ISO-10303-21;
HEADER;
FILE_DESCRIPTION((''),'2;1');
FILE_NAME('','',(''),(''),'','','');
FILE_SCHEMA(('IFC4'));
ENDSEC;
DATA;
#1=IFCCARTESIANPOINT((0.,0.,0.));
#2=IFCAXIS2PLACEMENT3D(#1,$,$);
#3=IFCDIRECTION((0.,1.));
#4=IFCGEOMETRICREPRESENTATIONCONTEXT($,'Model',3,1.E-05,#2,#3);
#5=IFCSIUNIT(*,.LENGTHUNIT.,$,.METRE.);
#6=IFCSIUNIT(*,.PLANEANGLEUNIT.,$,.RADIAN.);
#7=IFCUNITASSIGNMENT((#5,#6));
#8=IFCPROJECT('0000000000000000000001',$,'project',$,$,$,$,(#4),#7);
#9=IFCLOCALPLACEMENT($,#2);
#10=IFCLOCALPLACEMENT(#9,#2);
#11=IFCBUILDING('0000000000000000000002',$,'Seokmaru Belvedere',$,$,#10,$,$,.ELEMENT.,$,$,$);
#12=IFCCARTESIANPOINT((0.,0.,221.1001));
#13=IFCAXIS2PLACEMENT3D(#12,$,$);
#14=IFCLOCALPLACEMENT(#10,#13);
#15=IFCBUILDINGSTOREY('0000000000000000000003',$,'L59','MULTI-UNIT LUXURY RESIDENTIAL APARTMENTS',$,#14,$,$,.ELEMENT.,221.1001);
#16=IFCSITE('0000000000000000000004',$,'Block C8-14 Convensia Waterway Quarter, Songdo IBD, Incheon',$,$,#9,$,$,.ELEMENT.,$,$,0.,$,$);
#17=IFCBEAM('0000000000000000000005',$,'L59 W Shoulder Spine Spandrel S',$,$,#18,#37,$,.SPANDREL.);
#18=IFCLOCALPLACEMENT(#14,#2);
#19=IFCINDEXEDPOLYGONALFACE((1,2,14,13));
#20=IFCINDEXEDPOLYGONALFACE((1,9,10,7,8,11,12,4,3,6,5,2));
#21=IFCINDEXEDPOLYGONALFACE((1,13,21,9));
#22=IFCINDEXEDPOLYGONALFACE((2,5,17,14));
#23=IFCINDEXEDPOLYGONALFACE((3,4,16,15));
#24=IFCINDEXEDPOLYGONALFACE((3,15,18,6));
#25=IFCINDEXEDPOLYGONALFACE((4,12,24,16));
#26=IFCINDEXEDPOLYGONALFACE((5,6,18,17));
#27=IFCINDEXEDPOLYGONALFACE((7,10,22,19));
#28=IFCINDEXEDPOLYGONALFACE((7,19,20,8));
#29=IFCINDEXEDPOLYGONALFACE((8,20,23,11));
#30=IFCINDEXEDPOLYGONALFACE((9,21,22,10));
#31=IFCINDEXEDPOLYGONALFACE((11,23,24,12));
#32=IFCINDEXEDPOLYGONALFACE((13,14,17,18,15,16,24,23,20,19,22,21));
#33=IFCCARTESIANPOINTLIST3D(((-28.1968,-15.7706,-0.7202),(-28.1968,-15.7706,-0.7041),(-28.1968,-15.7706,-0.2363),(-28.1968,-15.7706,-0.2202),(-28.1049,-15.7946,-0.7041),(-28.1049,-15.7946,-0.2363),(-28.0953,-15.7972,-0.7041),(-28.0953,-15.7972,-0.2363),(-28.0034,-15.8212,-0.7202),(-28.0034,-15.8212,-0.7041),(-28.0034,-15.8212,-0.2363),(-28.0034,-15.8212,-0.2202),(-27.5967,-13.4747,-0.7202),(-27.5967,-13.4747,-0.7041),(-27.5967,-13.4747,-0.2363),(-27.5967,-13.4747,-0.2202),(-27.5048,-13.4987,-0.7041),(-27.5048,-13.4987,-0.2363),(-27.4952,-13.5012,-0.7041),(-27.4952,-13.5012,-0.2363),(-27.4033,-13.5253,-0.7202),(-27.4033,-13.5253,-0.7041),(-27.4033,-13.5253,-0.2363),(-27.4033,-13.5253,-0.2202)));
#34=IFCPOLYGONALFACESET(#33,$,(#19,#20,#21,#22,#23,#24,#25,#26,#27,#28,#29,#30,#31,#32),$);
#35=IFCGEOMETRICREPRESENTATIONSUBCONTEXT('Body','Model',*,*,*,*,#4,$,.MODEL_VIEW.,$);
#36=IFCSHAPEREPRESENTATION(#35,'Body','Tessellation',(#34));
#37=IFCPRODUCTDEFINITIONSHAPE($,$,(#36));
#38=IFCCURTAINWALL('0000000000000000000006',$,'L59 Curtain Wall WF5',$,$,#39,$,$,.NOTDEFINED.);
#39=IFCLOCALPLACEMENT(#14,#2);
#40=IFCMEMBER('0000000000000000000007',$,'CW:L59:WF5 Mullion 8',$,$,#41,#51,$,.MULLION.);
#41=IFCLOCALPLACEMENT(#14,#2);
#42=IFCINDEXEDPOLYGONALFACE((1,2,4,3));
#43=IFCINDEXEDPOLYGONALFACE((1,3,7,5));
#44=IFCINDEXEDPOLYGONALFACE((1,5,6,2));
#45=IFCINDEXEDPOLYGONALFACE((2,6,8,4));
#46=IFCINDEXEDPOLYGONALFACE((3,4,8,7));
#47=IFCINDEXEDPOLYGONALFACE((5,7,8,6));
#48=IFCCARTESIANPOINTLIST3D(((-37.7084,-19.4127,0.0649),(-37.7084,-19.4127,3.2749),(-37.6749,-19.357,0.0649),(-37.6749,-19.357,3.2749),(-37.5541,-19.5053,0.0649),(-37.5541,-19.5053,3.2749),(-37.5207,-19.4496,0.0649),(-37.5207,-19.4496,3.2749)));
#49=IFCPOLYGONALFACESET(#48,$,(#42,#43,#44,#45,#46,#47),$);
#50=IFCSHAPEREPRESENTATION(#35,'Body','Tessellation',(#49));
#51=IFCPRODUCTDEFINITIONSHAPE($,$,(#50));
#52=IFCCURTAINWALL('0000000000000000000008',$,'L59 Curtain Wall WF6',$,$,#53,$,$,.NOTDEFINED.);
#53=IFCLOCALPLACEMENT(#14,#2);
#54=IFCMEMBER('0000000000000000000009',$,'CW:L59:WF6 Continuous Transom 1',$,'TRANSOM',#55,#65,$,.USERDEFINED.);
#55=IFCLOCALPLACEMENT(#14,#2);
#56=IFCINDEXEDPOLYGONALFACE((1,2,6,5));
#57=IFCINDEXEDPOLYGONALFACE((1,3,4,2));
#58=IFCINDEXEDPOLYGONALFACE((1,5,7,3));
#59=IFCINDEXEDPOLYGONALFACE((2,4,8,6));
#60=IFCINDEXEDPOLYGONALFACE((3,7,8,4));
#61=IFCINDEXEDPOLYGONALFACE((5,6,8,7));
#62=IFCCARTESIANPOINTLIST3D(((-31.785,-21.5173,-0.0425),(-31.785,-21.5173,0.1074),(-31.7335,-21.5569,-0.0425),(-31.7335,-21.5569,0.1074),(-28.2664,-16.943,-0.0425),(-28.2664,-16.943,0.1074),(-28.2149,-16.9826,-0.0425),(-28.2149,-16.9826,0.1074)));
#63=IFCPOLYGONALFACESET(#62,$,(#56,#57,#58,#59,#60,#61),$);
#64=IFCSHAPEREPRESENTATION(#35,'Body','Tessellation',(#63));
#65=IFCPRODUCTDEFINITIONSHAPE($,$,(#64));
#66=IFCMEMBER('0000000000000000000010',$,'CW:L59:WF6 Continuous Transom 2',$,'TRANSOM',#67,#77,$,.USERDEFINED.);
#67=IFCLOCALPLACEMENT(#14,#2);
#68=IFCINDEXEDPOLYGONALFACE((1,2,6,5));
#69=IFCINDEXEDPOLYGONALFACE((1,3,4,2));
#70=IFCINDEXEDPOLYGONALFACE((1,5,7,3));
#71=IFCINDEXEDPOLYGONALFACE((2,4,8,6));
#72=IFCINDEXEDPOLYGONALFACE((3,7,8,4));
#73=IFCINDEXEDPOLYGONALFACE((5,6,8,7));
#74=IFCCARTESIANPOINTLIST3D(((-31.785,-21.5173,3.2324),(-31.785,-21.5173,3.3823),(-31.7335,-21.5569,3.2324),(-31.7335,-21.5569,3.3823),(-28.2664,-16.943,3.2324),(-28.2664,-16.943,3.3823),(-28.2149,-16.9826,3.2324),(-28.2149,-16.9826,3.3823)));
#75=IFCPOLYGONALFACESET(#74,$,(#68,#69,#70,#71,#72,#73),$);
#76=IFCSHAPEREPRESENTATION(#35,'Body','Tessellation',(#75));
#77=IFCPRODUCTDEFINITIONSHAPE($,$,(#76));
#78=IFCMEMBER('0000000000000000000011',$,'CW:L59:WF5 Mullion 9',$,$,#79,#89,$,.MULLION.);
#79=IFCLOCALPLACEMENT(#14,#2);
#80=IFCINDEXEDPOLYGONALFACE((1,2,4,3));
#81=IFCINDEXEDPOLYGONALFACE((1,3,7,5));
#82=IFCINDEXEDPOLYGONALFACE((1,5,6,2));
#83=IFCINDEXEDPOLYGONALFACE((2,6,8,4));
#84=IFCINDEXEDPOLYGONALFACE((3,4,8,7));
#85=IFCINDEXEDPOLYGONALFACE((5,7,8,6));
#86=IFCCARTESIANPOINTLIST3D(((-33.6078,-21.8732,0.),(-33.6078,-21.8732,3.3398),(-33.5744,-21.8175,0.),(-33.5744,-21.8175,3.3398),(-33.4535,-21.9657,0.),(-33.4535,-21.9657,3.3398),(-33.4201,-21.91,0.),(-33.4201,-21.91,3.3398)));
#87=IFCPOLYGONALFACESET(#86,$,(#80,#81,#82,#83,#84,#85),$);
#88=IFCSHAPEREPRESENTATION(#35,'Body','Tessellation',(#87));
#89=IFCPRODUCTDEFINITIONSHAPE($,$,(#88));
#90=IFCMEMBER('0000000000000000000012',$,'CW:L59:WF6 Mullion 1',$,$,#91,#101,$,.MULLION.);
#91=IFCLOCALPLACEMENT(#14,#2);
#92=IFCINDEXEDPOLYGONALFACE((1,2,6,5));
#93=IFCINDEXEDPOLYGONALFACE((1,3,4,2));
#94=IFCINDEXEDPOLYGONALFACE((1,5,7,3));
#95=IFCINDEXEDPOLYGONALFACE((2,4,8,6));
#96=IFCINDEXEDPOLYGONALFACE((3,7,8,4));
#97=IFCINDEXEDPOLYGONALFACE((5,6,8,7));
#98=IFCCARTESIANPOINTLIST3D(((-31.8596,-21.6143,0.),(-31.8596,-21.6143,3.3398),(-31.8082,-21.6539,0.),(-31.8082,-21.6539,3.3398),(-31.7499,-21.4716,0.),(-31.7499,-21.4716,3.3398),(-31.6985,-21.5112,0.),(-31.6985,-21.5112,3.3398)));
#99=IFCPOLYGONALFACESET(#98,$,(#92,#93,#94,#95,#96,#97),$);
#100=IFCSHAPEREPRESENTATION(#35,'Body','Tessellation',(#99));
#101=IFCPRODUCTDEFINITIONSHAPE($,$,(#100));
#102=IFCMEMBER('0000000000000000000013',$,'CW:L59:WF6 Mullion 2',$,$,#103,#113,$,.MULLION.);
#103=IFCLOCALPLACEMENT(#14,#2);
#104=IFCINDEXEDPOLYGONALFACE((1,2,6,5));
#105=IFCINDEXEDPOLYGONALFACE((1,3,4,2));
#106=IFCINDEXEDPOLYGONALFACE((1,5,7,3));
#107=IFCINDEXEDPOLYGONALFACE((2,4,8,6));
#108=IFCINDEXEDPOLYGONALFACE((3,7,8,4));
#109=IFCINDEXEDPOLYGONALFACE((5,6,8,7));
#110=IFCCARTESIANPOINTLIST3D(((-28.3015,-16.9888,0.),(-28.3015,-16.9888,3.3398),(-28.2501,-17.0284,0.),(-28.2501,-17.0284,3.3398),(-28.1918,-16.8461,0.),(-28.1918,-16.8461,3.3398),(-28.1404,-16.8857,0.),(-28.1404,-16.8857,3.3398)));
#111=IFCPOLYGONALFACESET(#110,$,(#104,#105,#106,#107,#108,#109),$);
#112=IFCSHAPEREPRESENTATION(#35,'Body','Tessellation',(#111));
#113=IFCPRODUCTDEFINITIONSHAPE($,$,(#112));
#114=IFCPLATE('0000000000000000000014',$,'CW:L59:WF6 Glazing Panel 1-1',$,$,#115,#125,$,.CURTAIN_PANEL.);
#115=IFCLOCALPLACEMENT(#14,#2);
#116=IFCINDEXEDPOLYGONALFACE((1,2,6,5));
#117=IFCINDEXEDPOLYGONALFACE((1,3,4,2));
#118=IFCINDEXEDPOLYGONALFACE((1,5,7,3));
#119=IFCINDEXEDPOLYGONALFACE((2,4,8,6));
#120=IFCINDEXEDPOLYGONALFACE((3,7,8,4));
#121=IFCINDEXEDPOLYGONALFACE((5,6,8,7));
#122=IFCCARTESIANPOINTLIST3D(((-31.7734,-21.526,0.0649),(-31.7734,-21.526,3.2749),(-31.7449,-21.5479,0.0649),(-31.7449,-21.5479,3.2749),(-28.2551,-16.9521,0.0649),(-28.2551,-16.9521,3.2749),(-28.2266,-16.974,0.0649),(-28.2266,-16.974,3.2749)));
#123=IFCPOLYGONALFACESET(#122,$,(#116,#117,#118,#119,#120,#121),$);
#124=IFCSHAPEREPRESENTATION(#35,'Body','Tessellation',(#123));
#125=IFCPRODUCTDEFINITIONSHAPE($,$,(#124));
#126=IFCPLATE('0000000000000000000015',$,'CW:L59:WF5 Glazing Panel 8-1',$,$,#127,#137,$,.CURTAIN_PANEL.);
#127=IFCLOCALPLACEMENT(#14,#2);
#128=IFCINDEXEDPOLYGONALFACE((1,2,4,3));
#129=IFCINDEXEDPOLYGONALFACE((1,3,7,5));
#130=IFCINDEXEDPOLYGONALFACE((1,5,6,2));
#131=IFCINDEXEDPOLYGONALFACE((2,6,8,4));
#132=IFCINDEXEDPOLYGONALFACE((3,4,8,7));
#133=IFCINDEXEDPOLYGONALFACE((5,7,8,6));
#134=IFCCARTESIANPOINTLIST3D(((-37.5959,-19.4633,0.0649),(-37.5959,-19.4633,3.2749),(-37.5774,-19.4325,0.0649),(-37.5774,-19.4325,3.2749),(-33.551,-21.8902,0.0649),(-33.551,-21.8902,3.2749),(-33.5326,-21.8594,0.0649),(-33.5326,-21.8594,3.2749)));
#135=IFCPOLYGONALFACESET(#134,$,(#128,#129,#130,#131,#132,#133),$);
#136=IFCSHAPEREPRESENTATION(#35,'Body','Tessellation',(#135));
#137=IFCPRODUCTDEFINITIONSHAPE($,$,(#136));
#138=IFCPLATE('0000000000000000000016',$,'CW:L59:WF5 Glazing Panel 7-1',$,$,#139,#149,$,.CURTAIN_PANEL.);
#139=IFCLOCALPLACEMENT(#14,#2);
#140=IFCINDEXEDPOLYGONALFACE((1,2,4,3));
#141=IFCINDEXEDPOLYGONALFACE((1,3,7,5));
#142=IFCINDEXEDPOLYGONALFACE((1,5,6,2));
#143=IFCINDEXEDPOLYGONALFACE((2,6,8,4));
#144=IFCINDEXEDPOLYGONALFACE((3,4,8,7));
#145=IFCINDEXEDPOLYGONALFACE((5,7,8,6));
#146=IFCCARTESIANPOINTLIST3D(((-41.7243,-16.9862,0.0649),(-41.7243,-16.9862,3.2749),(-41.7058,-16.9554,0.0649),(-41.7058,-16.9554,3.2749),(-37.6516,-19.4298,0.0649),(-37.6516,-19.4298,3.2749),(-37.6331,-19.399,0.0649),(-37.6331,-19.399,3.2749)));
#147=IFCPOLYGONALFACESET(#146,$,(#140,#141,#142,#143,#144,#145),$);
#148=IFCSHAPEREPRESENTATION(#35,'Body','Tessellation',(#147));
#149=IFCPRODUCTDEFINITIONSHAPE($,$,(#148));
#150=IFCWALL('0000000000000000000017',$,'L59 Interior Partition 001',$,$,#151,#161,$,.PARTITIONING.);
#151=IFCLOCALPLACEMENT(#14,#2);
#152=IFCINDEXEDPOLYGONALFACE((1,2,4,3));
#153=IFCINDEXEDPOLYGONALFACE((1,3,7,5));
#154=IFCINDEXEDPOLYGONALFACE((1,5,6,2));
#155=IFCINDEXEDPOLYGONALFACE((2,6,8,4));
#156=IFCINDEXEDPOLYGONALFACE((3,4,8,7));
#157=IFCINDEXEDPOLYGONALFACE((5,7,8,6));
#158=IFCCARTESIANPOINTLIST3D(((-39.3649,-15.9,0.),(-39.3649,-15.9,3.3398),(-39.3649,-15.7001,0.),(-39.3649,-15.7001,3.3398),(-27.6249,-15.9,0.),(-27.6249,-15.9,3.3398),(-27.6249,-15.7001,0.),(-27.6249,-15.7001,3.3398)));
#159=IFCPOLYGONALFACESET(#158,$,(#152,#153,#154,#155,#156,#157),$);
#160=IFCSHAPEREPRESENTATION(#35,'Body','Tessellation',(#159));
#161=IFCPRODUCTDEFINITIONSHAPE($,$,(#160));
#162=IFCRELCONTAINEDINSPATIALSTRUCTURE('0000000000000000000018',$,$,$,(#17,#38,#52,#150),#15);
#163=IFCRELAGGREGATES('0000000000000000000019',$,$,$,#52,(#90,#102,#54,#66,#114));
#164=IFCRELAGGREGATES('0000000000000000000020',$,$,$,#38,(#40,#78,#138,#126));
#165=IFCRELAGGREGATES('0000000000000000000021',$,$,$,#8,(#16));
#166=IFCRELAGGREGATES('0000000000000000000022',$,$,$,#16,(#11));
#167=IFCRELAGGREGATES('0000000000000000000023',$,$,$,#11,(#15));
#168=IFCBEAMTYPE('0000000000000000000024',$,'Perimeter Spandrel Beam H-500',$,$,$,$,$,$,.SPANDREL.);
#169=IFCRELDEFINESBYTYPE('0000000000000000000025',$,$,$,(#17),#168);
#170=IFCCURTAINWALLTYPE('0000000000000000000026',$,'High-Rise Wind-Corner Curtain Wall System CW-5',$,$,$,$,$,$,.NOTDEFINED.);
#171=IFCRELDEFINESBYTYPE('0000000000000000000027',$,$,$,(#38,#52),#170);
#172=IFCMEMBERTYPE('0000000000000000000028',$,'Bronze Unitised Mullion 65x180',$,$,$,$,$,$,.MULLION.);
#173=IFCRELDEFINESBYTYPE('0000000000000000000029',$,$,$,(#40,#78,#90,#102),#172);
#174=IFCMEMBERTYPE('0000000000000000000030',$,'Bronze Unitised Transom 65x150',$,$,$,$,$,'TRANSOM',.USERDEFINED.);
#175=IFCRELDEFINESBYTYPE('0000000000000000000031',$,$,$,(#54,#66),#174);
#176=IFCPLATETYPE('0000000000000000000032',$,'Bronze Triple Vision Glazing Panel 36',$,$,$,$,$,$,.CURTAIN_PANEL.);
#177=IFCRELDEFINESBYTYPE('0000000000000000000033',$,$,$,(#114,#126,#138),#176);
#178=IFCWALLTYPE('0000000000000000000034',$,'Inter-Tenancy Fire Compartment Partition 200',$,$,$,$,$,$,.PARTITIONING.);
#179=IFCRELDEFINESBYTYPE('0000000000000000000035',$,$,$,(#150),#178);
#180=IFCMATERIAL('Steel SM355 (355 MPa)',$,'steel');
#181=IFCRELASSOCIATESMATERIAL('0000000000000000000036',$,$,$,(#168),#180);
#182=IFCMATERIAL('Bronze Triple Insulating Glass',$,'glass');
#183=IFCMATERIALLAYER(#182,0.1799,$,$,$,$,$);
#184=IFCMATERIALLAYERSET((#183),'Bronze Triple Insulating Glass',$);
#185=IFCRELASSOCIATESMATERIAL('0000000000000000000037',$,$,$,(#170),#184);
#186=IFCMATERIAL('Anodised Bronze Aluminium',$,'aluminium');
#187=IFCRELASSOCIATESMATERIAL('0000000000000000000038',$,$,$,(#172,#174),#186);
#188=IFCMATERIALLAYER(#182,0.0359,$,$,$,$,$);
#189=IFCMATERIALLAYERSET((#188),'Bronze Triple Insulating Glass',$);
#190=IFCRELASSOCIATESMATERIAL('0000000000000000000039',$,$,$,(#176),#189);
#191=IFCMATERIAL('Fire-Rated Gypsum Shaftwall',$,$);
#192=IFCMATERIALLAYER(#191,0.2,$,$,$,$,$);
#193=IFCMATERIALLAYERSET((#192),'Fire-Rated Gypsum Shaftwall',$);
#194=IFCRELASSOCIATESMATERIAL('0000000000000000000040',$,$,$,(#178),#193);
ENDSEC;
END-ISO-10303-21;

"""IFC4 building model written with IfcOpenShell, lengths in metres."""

from ifc_helpers import new_model, si_unit, direction, frame, frame_2d, origin, origin_2d, place, context, subcontext, project, spatial, rectangle, i_section, extrude, source, transform, mapped, material, layer, layer_set, material_profile, profile_set, type_object, type_shapes, element, aggregate, save


model = new_model("IFC4")

# Units and contexts
model_context = context("Model", 3, precision=1e-05, world=origin(), true_north=direction((0.0, 1.0)))
body_context = subcontext(model_context, "Body", "Model", "MODEL_VIEW")
ifc_project = project(units=[si_unit("LENGTHUNIT", "METRE"), si_unit("PLANEANGLEUNIT", "RADIAN")], contexts=[model_context])

# Site, building, storey
site_placement = place(None, origin())
site = spatial("IfcSite", under=ifc_project, at=site_placement, Name="Block C8-14 Convensia Waterway Quarter, Songdo IBD, Incheon", CompositionType="ELEMENT", RefElevation=0.0)
building_placement = place(site_placement, origin())
building = spatial("IfcBuilding", under=site, at=building_placement, Name="Seokmaru Belvedere", CompositionType="ELEMENT")
storey_placement = place(building_placement, frame((0.0, 0.0, 221.1001)))
storey = spatial("IfcBuildingStorey", under=building, at=storey_placement, Name="L59", Description="MULTI-UNIT LUXURY RESIDENTIAL APARTMENTS", CompositionType="ELEMENT", Elevation=221.1001)

# Shared definitions
ifc_material_1 = material(Name="Steel SM355 (355 MPa)", Category="steel")

# Beam
ifc_material_profile_1 = material_profile(ifc_material_1, i_section(OverallWidth=0.2, OverallDepth=0.5, WebThickness=0.01, FlangeThickness=0.0161, at=origin_2d()), Name="H-500x200x10x16")
ifc_profile_set_1 = profile_set([ifc_material_profile_1], Name="Steel SM355 (355 MPa)")
beam_type_1 = type_object("IfcBeamType", Name="Perimeter Spandrel Beam H-500", PredefinedType="SPANDREL", material=ifc_profile_set_1)
shared_shape_1 = source(origin(), body_context, "Body", "SweptSolid", [
    extrude(i_section(OverallWidth=0.2, OverallDepth=0.5, WebThickness=0.01, FlangeThickness=0.0161, at=origin_2d()), origin(), (0.0, 0.0, 1.0), 2.373),
])
beam_1_placement = place(storey_placement, frame((-28.1001, -15.7959, -0.4702), z_axis=(0.252883, 0.967497, 0.0), x_axis=(-0.967497, 0.252883, 0.0)))
element("IfcBeam", 1, at=beam_1_placement, inside=storey, type_object=beam_type_1, Name="L59 W Shoulder Spine Spandrel S", PredefinedType="SPANDREL", context=body_context, shape_type="MappedRepresentation", body=[
    mapped(shared_shape_1, transform((0.0, 0.0, 0.0), scale=1.0)),
])

# Curtain wall, member
ifc_material_2 = material(Name="Bronze Triple Insulating Glass", Category="glass")
ifc_layer_1 = layer(ifc_material_2, 0.1799)
ifc_layer_set_1 = layer_set([ifc_layer_1], Name="Bronze Triple Insulating Glass")
curtain_wall_type = type_object("IfcCurtainWallType", Name="High-Rise Wind-Corner Curtain Wall System CW-5", PredefinedType="NOTDEFINED", material=ifc_layer_set_1)
curtain_wall_1_placement = place(storey_placement, origin())
curtain_wall_1 = element("IfcCurtainWall", 2, at=curtain_wall_1_placement, inside=storey, type_object=curtain_wall_type, Name="L59 Curtain Wall WF5", PredefinedType="NOTDEFINED")
ifc_material_3 = material(Name="Anodised Bronze Aluminium", Category="aluminium")
ifc_material_profile_2 = material_profile(ifc_material_3, rectangle(XDim=0.0649, YDim=0.1799, at=origin_2d()), Name="CW-M-65x180")
ifc_profile_set_2 = profile_set([ifc_material_profile_2], Name="Anodised Bronze Aluminium")
member_type_1 = type_object("IfcMemberType", Name="Bronze Unitised Mullion 65x180", PredefinedType="MULLION", material=ifc_profile_set_2)
shared_shape_2 = source(origin(), body_context, "Body", "SweptSolid", [
    extrude(rectangle(XDim=0.0649, YDim=0.1799, at=origin_2d()), origin(), (0.0, 0.0, 1.0), 3.21),
])
member_1_placement = place(storey_placement, frame((-37.6145, -19.4312, 0.0649), z_axis=(0.0, 0.0, 1.0), x_axis=(0.514495, 0.857493, 0.0)))
member_1 = element("IfcMember", 3, at=member_1_placement, type_object=member_type_1, Name="CW:L59:WF5 Mullion 8", PredefinedType="MULLION", context=body_context, shape_type="MappedRepresentation", body=[
    mapped(shared_shape_2, transform((0.0, 0.0, 0.0), scale=1.0)),
])

# Curtain wall, members
curtain_wall_2_placement = place(storey_placement, origin())
curtain_wall_2 = element("IfcCurtainWall", 4, at=curtain_wall_2_placement, inside=storey, type_object=curtain_wall_type, Name="L59 Curtain Wall WF6", PredefinedType="NOTDEFINED")
ifc_material_profile_3 = material_profile(ifc_material_3, rectangle(XDim=0.0649, YDim=0.1499, at=origin_2d()), Name="CW-T-65x150")
ifc_profile_set_3 = profile_set([ifc_material_profile_3], Name="Anodised Bronze Aluminium")
member_type_2 = type_object("IfcMemberType", Name="Bronze Unitised Transom 65x150", ElementType="TRANSOM", PredefinedType="USERDEFINED", material=ifc_profile_set_3)
shared_shape_3 = source(origin(), body_context, "Body", "SweptSolid", [
    extrude(rectangle(XDim=0.0649, YDim=0.1499, at=origin_2d()), origin(), (0.0, 0.0, 1.0), 5.771),
])
type_shapes(member_type_2, [shared_shape_3])
member_2_placement = place(storey_placement, frame((-31.7593, -21.5371, 0.0325), z_axis=(0.609703, 0.79263, 0.0), x_axis=(-0.79263, 0.609703, 0.0)))
member_2 = element("IfcMember", 5, at=member_2_placement, type_object=member_type_2, Name="CW:L59:WF6 Continuous Transom 1", ObjectType="TRANSOM", PredefinedType="USERDEFINED", context=body_context, shape_type="MappedRepresentation", body=[
    mapped(shared_shape_3, transform((0.0, 0.0, 0.0), scale=1.0)),
])
member_3_placement = place(storey_placement, frame((-31.7593, -21.5371, 3.3074), z_axis=(0.609703, 0.79263, 0.0), x_axis=(-0.79263, 0.609703, 0.0)))
member_3 = element("IfcMember", 6, at=member_3_placement, type_object=member_type_2, Name="CW:L59:WF6 Continuous Transom 2", ObjectType="TRANSOM", PredefinedType="USERDEFINED", context=body_context, shape_type="MappedRepresentation", body=[
    mapped(shared_shape_3, transform((0.0, 0.0, 0.0), scale=1.0)),
])

# Members
shared_shape_4 = source(origin(), body_context, "Body", "SweptSolid", [
    extrude(rectangle(XDim=0.0649, YDim=0.1799, at=origin_2d()), origin(), (0.0, 0.0, 1.0), 3.3398),
])
type_shapes(member_type_1, [shared_shape_2, shared_shape_4])
member_4_placement = place(storey_placement, frame((-33.5139, -21.8916, 0.0), z_axis=(0.0, 0.0, 1.0), x_axis=(0.514495, 0.857493, 0.0)))
member_4 = element("IfcMember", 7, at=member_4_placement, type_object=member_type_1, Name="CW:L59:WF5 Mullion 9", PredefinedType="MULLION", context=body_context, shape_type="MappedRepresentation", body=[
    mapped(shared_shape_4, transform((0.0, 0.0, 0.0), scale=1.0)),
])
member_5_placement = place(storey_placement, frame((-31.7791, -21.5627, 0.0), z_axis=(0.0, 0.0, 1.0), x_axis=(-0.792631, 0.609701, 0.0)))
member_5 = element("IfcMember", 8, at=member_5_placement, type_object=member_type_1, Name="CW:L59:WF6 Mullion 1", PredefinedType="MULLION", context=body_context, shape_type="MappedRepresentation", body=[
    mapped(shared_shape_4, transform((0.0, 0.0, 0.0), scale=1.0)),
])
member_6_placement = place(storey_placement, frame((-28.2209, -16.9373, 0.0), z_axis=(0.0, 0.0, 1.0), x_axis=(-0.792631, 0.609701, 0.0)))
member_6 = element("IfcMember", 9, at=member_6_placement, type_object=member_type_1, Name="CW:L59:WF6 Mullion 2", PredefinedType="MULLION", context=body_context, shape_type="MappedRepresentation", body=[
    mapped(shared_shape_4, transform((0.0, 0.0, 0.0), scale=1.0)),
])

# Plates
ifc_layer_2 = layer(ifc_material_2, 0.0359)
ifc_layer_set_2 = layer_set([ifc_layer_2], Name="Bronze Triple Insulating Glass")
plate_type = type_object("IfcPlateType", Name="Bronze Triple Vision Glazing Panel 36", PredefinedType="CURTAIN_PANEL", material=ifc_layer_set_2)
shared_shape_5 = source(origin(), body_context, "Body", "SweptSolid", [
    extrude(rectangle(XDim=5.7705, YDim=0.0359, at=origin_2d()), origin(), (0.0, 0.0, 1.0), 3.21),
])
plate_1_placement = place(storey_placement, frame((-30.0, -19.25, 0.0649), z_axis=(0.0, 0.0, 1.0), x_axis=(0.609701, 0.792631, 0.0)))
plate_1 = element("IfcPlate", 10, at=plate_1_placement, type_object=plate_type, Name="CW:L59:WF6 Glazing Panel 1-1", PredefinedType="CURTAIN_PANEL", context=body_context, shape_type="MappedRepresentation", body=[
    mapped(shared_shape_5, transform((0.0, 0.0, 0.0), scale=1.0)),
])
aggregate(curtain_wall_2, [member_5, member_6, member_2, member_3, plate_1])
shared_shape_6 = source(origin(), body_context, "Body", "SweptSolid", [
    extrude(rectangle(XDim=4.717, YDim=0.0359, at=origin_2d()), origin(), (0.0, 0.0, 1.0), 3.21),
])
plate_2_placement = place(storey_placement, frame((-35.5642, -20.6614, 0.0649), z_axis=(0.0, 0.0, 1.0), x_axis=(0.857493, -0.514495, 0.0)))
plate_2 = element("IfcPlate", 11, at=plate_2_placement, type_object=plate_type, Name="CW:L59:WF5 Glazing Panel 8-1", PredefinedType="CURTAIN_PANEL", context=body_context, shape_type="MappedRepresentation", body=[
    mapped(shared_shape_6, transform((0.0, 0.0, 0.0), scale=1.0)),
])
shared_shape_7 = source(origin(), body_context, "Body", "SweptSolid", [
    extrude(rectangle(XDim=4.7495, YDim=0.0359, at=origin_2d()), origin(), (0.0, 0.0, 1.0), 3.21),
])
type_shapes(plate_type, [shared_shape_5, shared_shape_6, shared_shape_7])
plate_3_placement = place(storey_placement, frame((-39.6787, -18.1926, 0.0649), z_axis=(0.0, 0.0, 1.0), x_axis=(0.857493, -0.514495, 0.0)))
plate_3 = element("IfcPlate", 12, at=plate_3_placement, type_object=plate_type, Name="CW:L59:WF5 Glazing Panel 7-1", PredefinedType="CURTAIN_PANEL", context=body_context, shape_type="MappedRepresentation", body=[
    mapped(shared_shape_7, transform((0.0, 0.0, 0.0), scale=1.0)),
])
aggregate(curtain_wall_1, [member_1, member_4, plate_3, plate_2])

# Wall
ifc_material_4 = material(Name="Fire-Rated Gypsum Shaftwall")
ifc_layer_3 = layer(ifc_material_4, 0.2)
ifc_layer_set_3 = layer_set([ifc_layer_3], Name="Fire-Rated Gypsum Shaftwall")
wall_type_1 = type_object("IfcWallType", Name="Inter-Tenancy Fire Compartment Partition 200", PredefinedType="PARTITIONING", material=ifc_layer_set_3)
wall_1_placement = place(storey_placement, frame((-39.365, -15.8, 0.0), z_axis=(0.0, 0.0, 1.0), x_axis=(1.0, 0.0, 0.0)))
element("IfcWall", 13, at=wall_1_placement, inside=storey, type_object=wall_type_1, Name="L59 Interior Partition 001", PredefinedType="PARTITIONING", context=body_context, shape_type="SweptSolid", body=[
    extrude(rectangle(XDim=11.74, YDim=0.2, at=frame_2d((5.8701, 0.0))), origin(), (0.0, 0.0, 1.0), 3.3398),
])

save(model, "model.ifc")
